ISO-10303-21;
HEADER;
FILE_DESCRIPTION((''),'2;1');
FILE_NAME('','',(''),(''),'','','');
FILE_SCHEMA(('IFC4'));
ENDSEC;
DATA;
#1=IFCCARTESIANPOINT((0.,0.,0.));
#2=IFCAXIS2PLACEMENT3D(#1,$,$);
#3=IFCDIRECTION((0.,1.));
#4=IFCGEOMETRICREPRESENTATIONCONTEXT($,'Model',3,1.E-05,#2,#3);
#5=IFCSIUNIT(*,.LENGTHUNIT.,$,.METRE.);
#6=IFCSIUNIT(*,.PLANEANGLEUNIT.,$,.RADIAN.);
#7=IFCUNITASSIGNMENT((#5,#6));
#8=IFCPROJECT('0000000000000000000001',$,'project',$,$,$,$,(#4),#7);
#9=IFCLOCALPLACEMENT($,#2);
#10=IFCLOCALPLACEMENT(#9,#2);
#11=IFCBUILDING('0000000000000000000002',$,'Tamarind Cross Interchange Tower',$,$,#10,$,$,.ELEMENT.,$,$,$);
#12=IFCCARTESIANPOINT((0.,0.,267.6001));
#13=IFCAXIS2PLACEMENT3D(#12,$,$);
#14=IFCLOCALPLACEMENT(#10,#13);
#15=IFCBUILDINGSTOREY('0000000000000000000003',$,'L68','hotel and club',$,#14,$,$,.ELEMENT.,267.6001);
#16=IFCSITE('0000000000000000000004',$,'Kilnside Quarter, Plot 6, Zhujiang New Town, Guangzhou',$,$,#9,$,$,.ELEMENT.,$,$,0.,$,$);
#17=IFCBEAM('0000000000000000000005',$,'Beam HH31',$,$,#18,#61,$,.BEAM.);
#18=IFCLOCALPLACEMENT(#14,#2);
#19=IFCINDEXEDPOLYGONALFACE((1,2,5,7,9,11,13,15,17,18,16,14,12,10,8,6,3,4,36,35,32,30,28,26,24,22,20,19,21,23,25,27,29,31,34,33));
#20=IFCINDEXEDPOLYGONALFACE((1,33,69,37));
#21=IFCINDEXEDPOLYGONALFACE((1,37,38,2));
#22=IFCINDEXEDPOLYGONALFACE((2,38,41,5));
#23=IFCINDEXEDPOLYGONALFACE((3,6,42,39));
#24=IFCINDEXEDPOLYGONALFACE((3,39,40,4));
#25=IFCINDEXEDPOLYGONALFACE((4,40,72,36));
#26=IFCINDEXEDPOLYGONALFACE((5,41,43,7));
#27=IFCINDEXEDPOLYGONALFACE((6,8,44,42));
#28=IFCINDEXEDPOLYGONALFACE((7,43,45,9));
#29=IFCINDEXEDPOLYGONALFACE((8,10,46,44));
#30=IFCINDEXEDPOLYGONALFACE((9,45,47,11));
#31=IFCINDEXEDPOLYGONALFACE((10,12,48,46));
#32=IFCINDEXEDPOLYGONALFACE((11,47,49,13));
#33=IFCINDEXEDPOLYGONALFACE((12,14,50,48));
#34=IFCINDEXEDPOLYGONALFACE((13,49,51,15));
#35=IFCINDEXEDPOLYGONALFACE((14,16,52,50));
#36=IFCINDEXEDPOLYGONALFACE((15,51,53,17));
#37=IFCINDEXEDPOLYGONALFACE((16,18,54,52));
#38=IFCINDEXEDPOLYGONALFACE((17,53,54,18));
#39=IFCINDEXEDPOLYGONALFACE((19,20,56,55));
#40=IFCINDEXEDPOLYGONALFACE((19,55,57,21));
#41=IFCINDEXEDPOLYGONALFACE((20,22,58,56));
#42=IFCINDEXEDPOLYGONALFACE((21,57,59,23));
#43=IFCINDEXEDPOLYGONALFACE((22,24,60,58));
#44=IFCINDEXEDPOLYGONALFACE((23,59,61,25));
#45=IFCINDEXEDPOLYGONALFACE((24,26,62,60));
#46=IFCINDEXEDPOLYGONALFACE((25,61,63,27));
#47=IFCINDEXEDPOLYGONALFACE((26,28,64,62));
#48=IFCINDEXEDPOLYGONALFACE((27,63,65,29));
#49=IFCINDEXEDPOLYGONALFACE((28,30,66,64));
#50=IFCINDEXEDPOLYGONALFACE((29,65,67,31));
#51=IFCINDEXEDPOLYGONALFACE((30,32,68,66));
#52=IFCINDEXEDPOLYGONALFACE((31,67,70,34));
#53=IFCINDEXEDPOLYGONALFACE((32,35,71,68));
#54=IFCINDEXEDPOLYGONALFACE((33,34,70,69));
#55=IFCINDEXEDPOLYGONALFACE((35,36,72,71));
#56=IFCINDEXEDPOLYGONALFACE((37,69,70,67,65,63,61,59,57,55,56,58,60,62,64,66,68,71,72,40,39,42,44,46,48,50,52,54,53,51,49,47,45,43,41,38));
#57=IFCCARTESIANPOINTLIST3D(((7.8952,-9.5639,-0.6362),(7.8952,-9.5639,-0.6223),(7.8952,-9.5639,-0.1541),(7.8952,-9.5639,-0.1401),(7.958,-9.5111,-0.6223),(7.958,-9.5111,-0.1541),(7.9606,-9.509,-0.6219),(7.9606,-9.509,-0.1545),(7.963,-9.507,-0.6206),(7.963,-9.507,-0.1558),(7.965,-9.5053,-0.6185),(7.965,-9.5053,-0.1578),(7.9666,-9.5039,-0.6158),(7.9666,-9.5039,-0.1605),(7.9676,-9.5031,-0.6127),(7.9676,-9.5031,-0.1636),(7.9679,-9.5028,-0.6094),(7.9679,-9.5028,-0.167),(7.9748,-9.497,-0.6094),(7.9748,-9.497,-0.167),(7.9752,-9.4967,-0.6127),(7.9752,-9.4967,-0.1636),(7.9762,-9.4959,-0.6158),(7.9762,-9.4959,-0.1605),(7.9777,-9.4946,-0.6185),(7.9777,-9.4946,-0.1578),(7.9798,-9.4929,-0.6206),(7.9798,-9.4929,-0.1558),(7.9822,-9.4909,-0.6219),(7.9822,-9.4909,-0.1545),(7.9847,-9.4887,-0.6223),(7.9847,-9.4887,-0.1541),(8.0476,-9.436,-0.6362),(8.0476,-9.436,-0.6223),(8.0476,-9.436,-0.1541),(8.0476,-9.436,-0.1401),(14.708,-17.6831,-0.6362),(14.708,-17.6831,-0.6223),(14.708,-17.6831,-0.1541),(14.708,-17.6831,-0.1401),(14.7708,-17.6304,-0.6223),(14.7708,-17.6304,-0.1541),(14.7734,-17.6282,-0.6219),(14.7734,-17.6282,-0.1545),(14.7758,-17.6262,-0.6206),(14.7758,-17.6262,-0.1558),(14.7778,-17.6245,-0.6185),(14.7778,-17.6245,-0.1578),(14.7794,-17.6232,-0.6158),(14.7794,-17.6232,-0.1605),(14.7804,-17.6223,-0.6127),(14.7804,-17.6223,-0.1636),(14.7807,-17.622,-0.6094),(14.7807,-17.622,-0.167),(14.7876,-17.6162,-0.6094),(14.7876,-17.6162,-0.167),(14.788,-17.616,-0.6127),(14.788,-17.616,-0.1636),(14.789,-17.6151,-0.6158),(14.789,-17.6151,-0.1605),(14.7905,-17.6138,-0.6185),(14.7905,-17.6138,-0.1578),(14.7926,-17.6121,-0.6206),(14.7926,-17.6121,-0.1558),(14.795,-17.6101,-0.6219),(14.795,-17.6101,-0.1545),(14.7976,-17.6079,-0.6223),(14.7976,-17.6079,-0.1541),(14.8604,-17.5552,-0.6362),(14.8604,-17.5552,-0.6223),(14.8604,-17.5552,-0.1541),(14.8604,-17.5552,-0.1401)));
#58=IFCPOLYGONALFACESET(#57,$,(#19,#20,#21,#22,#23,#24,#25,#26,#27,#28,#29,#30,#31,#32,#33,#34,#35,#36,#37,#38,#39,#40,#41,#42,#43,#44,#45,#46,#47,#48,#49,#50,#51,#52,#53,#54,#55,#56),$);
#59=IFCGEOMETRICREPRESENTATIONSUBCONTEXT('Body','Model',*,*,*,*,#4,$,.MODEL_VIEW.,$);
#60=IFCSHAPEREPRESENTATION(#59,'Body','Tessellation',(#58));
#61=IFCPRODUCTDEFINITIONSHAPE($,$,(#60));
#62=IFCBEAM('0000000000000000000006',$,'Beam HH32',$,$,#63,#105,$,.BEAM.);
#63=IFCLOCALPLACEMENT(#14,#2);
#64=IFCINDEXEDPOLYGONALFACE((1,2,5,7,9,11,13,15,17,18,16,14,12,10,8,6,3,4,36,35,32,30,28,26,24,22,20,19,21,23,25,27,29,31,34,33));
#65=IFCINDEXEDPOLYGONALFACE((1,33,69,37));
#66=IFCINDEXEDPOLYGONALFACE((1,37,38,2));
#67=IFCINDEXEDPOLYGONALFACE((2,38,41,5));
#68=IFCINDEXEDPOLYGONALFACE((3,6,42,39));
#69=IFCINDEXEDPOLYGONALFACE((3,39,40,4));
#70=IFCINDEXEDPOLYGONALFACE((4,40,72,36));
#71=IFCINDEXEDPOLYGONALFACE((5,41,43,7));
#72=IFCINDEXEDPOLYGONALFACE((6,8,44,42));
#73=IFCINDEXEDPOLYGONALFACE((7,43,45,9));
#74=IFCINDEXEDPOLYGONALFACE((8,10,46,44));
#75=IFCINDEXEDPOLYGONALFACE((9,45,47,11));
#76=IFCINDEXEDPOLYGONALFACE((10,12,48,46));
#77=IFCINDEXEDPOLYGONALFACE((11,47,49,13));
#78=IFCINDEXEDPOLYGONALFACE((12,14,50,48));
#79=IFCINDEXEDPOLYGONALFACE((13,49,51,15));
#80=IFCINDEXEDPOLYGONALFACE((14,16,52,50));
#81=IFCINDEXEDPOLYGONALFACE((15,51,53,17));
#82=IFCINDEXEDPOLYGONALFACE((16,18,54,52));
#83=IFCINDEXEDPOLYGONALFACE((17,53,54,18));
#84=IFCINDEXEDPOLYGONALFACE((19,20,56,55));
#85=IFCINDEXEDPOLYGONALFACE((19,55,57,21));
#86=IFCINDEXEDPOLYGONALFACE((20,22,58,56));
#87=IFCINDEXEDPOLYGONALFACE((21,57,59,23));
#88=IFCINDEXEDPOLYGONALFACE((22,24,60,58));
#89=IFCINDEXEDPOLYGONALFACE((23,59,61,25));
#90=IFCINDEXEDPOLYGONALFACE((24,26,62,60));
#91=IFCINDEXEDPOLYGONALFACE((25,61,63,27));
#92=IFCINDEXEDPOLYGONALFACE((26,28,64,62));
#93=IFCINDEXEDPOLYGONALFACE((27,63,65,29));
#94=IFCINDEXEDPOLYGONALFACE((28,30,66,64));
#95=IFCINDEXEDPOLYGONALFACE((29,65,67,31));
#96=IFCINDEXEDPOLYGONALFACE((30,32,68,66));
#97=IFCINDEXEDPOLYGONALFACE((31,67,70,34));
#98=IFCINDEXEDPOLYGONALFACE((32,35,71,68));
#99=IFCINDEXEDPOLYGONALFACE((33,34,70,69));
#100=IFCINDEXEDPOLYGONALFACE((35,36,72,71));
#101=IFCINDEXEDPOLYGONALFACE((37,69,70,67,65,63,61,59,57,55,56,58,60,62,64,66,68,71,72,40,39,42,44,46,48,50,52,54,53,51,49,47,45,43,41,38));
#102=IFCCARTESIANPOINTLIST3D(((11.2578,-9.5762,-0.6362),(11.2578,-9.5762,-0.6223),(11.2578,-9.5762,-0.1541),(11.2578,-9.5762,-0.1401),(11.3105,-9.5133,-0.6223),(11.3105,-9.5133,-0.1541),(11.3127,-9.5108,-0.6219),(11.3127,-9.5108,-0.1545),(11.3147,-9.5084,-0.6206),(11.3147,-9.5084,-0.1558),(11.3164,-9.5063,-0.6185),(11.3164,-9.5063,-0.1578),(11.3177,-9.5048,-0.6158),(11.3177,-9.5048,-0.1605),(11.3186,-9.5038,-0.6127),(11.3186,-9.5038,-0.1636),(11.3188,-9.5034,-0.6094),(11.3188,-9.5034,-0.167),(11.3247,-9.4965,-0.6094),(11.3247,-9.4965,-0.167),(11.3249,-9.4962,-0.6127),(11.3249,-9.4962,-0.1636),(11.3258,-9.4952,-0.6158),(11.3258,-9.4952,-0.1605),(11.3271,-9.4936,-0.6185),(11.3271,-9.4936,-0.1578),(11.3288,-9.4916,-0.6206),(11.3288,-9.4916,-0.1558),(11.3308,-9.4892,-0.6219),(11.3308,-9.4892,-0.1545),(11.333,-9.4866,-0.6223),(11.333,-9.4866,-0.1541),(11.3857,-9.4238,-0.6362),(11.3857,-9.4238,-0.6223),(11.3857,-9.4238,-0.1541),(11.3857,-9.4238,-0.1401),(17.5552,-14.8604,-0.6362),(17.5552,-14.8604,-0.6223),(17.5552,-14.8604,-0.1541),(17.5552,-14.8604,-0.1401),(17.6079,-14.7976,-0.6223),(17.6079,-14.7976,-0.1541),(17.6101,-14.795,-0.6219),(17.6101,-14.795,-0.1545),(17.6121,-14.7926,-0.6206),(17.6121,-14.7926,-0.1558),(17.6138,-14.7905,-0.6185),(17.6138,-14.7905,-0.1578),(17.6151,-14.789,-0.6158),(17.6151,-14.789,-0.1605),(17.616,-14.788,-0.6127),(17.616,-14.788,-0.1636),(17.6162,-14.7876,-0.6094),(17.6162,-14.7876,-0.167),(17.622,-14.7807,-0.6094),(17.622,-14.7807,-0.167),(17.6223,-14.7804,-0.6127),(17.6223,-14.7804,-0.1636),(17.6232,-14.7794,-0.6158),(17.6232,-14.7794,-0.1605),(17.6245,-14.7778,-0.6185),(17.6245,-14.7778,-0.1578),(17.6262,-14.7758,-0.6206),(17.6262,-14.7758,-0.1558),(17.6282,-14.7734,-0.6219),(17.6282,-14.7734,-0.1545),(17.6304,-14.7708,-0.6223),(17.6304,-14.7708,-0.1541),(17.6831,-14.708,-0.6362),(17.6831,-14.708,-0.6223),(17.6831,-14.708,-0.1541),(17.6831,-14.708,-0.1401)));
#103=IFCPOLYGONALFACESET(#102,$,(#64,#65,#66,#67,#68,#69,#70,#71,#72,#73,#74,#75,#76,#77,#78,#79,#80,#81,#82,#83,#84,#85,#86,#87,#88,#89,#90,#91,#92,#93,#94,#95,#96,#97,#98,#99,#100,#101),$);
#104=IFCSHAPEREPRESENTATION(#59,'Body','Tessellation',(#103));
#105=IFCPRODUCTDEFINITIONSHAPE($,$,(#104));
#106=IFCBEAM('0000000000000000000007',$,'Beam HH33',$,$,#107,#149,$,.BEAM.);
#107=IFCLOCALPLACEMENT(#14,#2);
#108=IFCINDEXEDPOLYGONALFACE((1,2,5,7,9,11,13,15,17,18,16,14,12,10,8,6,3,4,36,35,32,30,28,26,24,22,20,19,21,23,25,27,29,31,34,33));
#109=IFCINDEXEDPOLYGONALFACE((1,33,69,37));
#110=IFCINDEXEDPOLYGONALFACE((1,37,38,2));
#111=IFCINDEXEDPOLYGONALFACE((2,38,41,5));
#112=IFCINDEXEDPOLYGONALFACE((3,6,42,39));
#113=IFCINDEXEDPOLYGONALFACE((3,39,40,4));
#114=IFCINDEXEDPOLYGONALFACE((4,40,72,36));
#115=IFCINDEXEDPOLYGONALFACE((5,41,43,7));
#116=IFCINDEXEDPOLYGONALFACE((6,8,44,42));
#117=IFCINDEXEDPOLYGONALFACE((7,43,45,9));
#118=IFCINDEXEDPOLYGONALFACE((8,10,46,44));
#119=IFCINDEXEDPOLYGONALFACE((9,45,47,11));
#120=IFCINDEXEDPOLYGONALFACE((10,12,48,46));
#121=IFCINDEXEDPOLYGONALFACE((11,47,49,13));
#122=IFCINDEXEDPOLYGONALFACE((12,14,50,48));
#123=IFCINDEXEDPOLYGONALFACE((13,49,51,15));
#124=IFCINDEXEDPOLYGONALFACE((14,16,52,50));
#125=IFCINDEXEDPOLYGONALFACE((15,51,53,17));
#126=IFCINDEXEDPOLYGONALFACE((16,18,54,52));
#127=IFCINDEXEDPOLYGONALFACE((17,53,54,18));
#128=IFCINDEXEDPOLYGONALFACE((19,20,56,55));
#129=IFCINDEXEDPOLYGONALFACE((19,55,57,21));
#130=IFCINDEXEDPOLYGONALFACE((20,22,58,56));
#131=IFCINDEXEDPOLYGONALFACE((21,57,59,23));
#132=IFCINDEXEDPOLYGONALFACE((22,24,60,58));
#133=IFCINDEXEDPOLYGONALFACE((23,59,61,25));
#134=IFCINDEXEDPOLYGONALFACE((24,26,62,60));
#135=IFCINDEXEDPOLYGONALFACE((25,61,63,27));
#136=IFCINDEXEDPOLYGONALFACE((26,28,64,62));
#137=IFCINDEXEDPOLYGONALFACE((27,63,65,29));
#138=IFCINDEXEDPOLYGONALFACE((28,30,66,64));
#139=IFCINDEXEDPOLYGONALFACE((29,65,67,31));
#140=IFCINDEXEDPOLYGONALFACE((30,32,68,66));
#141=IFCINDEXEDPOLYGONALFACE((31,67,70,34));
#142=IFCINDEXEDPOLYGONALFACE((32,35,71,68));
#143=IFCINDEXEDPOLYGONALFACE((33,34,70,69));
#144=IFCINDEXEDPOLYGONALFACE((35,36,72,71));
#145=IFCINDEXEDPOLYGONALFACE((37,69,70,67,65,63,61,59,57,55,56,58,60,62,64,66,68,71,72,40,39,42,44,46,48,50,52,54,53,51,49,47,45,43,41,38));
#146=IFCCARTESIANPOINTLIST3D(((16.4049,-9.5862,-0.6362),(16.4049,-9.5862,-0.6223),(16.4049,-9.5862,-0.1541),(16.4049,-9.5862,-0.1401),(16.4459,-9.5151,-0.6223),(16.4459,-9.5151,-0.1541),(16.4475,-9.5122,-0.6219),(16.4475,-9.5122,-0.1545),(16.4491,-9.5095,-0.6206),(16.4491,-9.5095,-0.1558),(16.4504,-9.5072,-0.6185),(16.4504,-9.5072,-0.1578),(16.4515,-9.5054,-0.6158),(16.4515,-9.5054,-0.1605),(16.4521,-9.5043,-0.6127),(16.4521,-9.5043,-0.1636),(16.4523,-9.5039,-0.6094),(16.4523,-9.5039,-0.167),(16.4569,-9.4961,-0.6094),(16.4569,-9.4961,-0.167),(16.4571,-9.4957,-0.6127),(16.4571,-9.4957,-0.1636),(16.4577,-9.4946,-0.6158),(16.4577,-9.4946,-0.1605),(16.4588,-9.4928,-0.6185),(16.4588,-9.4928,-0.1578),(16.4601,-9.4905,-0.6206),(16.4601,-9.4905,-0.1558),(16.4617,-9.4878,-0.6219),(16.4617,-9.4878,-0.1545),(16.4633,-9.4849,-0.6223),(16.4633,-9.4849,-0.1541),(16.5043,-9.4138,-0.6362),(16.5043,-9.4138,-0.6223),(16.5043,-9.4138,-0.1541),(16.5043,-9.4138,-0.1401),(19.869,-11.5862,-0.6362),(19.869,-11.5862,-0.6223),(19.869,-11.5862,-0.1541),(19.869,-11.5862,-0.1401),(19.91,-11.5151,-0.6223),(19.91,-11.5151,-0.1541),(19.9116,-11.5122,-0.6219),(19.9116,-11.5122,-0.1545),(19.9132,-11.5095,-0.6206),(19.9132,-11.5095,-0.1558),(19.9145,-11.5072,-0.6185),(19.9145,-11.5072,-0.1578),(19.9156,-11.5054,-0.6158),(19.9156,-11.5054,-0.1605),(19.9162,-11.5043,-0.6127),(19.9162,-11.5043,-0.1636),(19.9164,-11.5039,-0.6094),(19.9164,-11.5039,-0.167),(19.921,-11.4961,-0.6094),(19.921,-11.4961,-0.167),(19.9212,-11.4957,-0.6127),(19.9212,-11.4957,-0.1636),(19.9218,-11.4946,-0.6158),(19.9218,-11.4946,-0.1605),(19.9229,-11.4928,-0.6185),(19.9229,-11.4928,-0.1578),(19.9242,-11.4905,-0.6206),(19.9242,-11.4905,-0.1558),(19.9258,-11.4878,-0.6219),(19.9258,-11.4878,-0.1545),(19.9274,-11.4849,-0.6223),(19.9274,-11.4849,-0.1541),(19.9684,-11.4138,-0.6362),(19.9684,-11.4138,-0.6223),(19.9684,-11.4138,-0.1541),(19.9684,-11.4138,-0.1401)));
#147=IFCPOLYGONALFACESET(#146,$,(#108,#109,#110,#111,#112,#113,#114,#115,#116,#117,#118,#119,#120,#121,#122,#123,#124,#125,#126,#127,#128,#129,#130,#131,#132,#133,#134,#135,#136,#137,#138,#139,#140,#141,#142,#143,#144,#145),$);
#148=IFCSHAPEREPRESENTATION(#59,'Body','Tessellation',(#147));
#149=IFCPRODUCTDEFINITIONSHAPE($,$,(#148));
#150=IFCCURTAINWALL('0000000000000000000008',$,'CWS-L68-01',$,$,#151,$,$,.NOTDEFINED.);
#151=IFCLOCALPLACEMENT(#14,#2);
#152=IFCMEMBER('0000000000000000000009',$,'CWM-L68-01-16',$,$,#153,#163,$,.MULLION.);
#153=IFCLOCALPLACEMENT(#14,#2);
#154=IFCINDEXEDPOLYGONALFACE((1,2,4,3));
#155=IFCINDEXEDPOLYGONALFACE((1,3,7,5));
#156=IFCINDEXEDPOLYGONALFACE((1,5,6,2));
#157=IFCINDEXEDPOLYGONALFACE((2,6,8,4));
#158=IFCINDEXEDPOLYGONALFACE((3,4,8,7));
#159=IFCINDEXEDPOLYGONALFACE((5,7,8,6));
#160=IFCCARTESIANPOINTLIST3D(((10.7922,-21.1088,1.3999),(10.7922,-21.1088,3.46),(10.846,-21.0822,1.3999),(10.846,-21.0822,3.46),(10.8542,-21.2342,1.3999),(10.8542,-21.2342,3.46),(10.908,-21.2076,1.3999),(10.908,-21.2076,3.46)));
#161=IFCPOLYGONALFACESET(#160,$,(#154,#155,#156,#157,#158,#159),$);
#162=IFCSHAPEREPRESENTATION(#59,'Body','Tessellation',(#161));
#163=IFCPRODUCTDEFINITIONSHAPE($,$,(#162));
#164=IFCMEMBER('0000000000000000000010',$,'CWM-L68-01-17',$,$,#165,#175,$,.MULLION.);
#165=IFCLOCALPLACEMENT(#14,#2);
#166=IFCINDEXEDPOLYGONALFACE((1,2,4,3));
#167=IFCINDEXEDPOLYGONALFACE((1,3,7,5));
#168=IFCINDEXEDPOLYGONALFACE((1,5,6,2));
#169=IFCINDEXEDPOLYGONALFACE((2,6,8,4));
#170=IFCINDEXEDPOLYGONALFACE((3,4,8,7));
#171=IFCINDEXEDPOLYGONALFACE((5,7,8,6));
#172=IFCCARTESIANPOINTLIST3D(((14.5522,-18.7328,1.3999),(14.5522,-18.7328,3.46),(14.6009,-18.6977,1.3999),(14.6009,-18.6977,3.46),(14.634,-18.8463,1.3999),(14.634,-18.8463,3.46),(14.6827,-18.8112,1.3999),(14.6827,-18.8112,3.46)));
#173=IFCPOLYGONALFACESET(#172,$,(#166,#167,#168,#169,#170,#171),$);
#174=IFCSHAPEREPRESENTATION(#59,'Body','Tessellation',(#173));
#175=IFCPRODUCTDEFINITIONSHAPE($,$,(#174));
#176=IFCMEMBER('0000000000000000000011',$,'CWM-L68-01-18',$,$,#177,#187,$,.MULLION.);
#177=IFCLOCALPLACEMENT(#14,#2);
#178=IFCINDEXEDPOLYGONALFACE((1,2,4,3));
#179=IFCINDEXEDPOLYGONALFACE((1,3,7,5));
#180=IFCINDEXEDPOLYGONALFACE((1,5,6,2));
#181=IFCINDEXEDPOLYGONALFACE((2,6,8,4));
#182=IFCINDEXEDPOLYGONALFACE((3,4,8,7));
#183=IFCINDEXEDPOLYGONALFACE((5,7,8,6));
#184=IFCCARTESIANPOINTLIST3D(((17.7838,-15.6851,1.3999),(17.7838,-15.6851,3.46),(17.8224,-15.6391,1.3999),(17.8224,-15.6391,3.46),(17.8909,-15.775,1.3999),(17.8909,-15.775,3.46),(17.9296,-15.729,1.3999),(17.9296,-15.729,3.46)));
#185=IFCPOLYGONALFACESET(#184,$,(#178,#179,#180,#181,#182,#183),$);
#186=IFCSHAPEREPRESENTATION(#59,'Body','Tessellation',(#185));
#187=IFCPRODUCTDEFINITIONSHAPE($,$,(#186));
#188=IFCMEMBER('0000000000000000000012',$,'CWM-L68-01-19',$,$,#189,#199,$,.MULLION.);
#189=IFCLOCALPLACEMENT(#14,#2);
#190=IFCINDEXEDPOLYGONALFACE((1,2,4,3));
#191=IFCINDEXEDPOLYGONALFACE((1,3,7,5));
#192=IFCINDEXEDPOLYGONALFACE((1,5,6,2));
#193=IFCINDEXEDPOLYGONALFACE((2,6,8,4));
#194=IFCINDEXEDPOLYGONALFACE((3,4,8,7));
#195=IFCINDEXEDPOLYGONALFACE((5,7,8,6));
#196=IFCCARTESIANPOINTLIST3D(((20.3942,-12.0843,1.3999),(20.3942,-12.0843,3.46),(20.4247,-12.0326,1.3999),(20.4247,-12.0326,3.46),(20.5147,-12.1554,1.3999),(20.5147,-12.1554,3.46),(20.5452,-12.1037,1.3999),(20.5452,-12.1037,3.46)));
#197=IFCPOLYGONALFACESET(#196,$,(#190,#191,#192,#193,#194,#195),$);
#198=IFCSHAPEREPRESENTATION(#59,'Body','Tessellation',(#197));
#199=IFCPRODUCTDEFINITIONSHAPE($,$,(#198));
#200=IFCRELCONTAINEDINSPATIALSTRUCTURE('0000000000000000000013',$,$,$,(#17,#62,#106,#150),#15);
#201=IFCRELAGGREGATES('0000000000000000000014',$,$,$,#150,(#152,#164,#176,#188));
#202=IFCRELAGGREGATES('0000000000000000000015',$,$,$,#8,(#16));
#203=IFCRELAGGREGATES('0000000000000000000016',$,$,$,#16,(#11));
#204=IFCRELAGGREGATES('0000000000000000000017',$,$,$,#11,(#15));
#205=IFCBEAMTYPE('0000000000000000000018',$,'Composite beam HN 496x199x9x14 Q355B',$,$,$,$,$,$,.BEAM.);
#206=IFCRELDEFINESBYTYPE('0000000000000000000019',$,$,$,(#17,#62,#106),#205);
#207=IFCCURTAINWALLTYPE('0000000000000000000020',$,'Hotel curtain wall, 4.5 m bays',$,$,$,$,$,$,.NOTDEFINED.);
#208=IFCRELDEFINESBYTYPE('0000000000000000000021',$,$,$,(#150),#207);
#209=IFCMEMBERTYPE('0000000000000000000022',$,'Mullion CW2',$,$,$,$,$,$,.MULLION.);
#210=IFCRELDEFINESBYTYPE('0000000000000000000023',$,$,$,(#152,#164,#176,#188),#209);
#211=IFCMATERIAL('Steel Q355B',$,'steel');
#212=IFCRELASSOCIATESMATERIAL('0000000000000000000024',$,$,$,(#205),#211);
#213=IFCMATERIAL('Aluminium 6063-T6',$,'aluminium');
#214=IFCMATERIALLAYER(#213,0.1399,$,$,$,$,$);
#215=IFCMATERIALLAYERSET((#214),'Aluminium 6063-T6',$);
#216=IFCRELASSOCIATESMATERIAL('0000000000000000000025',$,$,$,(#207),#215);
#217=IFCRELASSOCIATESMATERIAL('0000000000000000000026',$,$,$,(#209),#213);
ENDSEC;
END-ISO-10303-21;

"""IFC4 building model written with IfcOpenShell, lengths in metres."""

from ifc_helpers import new_model, si_unit, direction, frame, origin, origin_2d, place, context, subcontext, project, spatial, rectangle, i_section, extrude, material, layer, layer_set, material_profile, profile_set, type_object, element, aggregate, save


model = new_model("IFC4")

# Units and contexts
model_context = context("Model", 3, precision=1e-05, world=origin(), true_north=direction((0.0, 1.0)))
body_context = subcontext(model_context, "Body", "Model", "MODEL_VIEW")
ifc_project = project(units=[si_unit("LENGTHUNIT", "METRE"), si_unit("PLANEANGLEUNIT", "RADIAN")], contexts=[model_context])

# Site, building, storey
site_placement = place(None, origin())
site = spatial("IfcSite", under=ifc_project, at=site_placement, Name="Kilnside Quarter, Plot 6, Zhujiang New Town, Guangzhou", CompositionType="ELEMENT", RefElevation=0.0)
building_placement = place(site_placement, origin())
building = spatial("IfcBuilding", under=site, at=building_placement, Name="Tamarind Cross Interchange Tower", CompositionType="ELEMENT")
storey_placement = place(building_placement, frame((0.0, 0.0, 267.6001)))
storey = spatial("IfcBuildingStorey", under=building, at=storey_placement, Name="L68", Description="hotel and club", CompositionType="ELEMENT", Elevation=267.6001)

# Beams
ifc_material_1 = material(Name="Steel Q355B", Category="steel")
ifc_material_profile_1 = material_profile(ifc_material_1, i_section(OverallWidth=0.199, OverallDepth=0.4961, WebThickness=0.009, FlangeThickness=0.0139, FilletRadius=0.0129, at=origin_2d()), Name="HN 496x199x9x14")
ifc_profile_set_1 = profile_set([ifc_material_profile_1], Name="Steel Q355B")
beam_type = type_object("IfcBeamType", Name="Composite beam HN 496x199x9x14 Q355B", PredefinedType="BEAM", material=ifc_profile_set_1)
beam_1_placement = place(storey_placement, frame((14.7842, -17.6191, -0.3882), z_axis=(-0.642786, 0.766046, 0.0), x_axis=(-0.766046, -0.642786, 0.0)))
element("IfcBeam", 1, at=beam_1_placement, inside=storey, type_object=beam_type, Name="Beam HH31", PredefinedType="BEAM", context=body_context, shape_type="SweptSolid", body=[
    extrude(i_section(OverallWidth=0.199, OverallDepth=0.4961, WebThickness=0.009, FlangeThickness=0.0139, FilletRadius=0.0129, at=origin_2d()), origin(), (0.0, 0.0, 1.0), 10.5989),
])
beam_2_placement = place(storey_placement, frame((17.6191, -14.7842, -0.3882), z_axis=(-0.766041, 0.642792, 0.0), x_axis=(-0.642792, -0.766041, 0.0)))
element("IfcBeam", 2, at=beam_2_placement, inside=storey, type_object=beam_type, Name="Beam HH32", PredefinedType="BEAM", context=body_context, shape_type="SweptSolid", body=[
    extrude(i_section(OverallWidth=0.199, OverallDepth=0.4961, WebThickness=0.009, FlangeThickness=0.0139, FilletRadius=0.0129, at=origin_2d()), origin(), (0.0, 0.0, 1.0), 8.2207),
])
beam_3_placement = place(storey_placement, frame((19.9187, -11.5, -0.3882), z_axis=(-0.866026, 0.499999, 0.0), x_axis=(-0.499999, -0.866026, 0.0)))
element("IfcBeam", 3, at=beam_3_placement, inside=storey, type_object=beam_type, Name="Beam HH33", PredefinedType="BEAM", context=body_context, shape_type="SweptSolid", body=[
    extrude(i_section(OverallWidth=0.199, OverallDepth=0.4961, WebThickness=0.009, FlangeThickness=0.0139, FilletRadius=0.0129, at=origin_2d()), origin(), (0.0, 0.0, 1.0), 4.0),
])

# Curtain wall, members
ifc_material_2 = material(Name="Aluminium 6063-T6", Category="aluminium")
ifc_layer_1 = layer(ifc_material_2, 0.1399)
ifc_layer_set_1 = layer_set([ifc_layer_1], Name="Aluminium 6063-T6")
curtain_wall_type = type_object("IfcCurtainWallType", Name="Hotel curtain wall, 4.5 m bays", PredefinedType="NOTDEFINED", material=ifc_layer_set_1)
curtain_wall_placement = place(storey_placement, origin())
curtain_wall = element("IfcCurtainWall", 4, at=curtain_wall_placement, inside=storey, type_object=curtain_wall_type, Name="CWS-L68-01", PredefinedType="NOTDEFINED")
ifc_material_profile_2 = material_profile(ifc_material_2, rectangle(XDim=0.0601, YDim=0.1399, at=origin_2d()), Name="Mullion CW2")
ifc_profile_set_2 = profile_set([ifc_material_profile_2], Name="Aluminium 6063-T6")
member_type = type_object("IfcMemberType", Name="Mullion CW2", PredefinedType="MULLION", material=ifc_profile_set_2)
member_1_placement = place(storey_placement, frame((10.8501, -21.1582, 1.3999), z_axis=(0.0, 0.0, 1.0), x_axis=(0.896493, 0.443059, 0.0)))
member_1 = element("IfcMember", 5, at=member_1_placement, type_object=member_type, Name="CWM-L68-01-16", PredefinedType="MULLION", context=body_context, shape_type="SweptSolid", body=[
    extrude(rectangle(XDim=0.0601, YDim=0.1399, at=origin_2d()), origin(), (0.0, 0.0, 1.0), 2.0601),
])
member_2_placement = place(storey_placement, frame((14.6174, -18.772, 1.3999), z_axis=(0.0, 0.0, 1.0), x_axis=(0.81134, 0.584574, 0.0)))
member_2 = element("IfcMember", 6, at=member_2_placement, type_object=member_type, Name="CWM-L68-01-17", PredefinedType="MULLION", context=body_context, shape_type="SweptSolid", body=[
    extrude(rectangle(XDim=0.0601, YDim=0.1399, at=origin_2d()), origin(), (0.0, 0.0, 1.0), 2.0601),
])
member_3_placement = place(storey_placement, frame((17.8567, -15.707, 1.3999), z_axis=(0.0, 0.0, 1.0), x_axis=(0.643009, 0.765858, 0.0)))
member_3 = element("IfcMember", 7, at=member_3_placement, type_object=member_type, Name="CWM-L68-01-18", PredefinedType="MULLION", context=body_context, shape_type="SweptSolid", body=[
    extrude(rectangle(XDim=0.0601, YDim=0.1399, at=origin_2d()), origin(), (0.0, 0.0, 1.0), 2.0601),
])
member_4_placement = place(storey_placement, frame((20.4697, -12.094, 1.3999), z_axis=(0.0, 0.0, 1.0), x_axis=(0.508183, 0.861249, 0.0)))
member_4 = element("IfcMember", 8, at=member_4_placement, type_object=member_type, Name="CWM-L68-01-19", PredefinedType="MULLION", context=body_context, shape_type="SweptSolid", body=[
    extrude(rectangle(XDim=0.0601, YDim=0.1399, at=origin_2d()), origin(), (0.0, 0.0, 1.0), 2.0601),
])
aggregate(curtain_wall, [member_1, member_2, member_3, member_4])

save(model, "model.ifc")
